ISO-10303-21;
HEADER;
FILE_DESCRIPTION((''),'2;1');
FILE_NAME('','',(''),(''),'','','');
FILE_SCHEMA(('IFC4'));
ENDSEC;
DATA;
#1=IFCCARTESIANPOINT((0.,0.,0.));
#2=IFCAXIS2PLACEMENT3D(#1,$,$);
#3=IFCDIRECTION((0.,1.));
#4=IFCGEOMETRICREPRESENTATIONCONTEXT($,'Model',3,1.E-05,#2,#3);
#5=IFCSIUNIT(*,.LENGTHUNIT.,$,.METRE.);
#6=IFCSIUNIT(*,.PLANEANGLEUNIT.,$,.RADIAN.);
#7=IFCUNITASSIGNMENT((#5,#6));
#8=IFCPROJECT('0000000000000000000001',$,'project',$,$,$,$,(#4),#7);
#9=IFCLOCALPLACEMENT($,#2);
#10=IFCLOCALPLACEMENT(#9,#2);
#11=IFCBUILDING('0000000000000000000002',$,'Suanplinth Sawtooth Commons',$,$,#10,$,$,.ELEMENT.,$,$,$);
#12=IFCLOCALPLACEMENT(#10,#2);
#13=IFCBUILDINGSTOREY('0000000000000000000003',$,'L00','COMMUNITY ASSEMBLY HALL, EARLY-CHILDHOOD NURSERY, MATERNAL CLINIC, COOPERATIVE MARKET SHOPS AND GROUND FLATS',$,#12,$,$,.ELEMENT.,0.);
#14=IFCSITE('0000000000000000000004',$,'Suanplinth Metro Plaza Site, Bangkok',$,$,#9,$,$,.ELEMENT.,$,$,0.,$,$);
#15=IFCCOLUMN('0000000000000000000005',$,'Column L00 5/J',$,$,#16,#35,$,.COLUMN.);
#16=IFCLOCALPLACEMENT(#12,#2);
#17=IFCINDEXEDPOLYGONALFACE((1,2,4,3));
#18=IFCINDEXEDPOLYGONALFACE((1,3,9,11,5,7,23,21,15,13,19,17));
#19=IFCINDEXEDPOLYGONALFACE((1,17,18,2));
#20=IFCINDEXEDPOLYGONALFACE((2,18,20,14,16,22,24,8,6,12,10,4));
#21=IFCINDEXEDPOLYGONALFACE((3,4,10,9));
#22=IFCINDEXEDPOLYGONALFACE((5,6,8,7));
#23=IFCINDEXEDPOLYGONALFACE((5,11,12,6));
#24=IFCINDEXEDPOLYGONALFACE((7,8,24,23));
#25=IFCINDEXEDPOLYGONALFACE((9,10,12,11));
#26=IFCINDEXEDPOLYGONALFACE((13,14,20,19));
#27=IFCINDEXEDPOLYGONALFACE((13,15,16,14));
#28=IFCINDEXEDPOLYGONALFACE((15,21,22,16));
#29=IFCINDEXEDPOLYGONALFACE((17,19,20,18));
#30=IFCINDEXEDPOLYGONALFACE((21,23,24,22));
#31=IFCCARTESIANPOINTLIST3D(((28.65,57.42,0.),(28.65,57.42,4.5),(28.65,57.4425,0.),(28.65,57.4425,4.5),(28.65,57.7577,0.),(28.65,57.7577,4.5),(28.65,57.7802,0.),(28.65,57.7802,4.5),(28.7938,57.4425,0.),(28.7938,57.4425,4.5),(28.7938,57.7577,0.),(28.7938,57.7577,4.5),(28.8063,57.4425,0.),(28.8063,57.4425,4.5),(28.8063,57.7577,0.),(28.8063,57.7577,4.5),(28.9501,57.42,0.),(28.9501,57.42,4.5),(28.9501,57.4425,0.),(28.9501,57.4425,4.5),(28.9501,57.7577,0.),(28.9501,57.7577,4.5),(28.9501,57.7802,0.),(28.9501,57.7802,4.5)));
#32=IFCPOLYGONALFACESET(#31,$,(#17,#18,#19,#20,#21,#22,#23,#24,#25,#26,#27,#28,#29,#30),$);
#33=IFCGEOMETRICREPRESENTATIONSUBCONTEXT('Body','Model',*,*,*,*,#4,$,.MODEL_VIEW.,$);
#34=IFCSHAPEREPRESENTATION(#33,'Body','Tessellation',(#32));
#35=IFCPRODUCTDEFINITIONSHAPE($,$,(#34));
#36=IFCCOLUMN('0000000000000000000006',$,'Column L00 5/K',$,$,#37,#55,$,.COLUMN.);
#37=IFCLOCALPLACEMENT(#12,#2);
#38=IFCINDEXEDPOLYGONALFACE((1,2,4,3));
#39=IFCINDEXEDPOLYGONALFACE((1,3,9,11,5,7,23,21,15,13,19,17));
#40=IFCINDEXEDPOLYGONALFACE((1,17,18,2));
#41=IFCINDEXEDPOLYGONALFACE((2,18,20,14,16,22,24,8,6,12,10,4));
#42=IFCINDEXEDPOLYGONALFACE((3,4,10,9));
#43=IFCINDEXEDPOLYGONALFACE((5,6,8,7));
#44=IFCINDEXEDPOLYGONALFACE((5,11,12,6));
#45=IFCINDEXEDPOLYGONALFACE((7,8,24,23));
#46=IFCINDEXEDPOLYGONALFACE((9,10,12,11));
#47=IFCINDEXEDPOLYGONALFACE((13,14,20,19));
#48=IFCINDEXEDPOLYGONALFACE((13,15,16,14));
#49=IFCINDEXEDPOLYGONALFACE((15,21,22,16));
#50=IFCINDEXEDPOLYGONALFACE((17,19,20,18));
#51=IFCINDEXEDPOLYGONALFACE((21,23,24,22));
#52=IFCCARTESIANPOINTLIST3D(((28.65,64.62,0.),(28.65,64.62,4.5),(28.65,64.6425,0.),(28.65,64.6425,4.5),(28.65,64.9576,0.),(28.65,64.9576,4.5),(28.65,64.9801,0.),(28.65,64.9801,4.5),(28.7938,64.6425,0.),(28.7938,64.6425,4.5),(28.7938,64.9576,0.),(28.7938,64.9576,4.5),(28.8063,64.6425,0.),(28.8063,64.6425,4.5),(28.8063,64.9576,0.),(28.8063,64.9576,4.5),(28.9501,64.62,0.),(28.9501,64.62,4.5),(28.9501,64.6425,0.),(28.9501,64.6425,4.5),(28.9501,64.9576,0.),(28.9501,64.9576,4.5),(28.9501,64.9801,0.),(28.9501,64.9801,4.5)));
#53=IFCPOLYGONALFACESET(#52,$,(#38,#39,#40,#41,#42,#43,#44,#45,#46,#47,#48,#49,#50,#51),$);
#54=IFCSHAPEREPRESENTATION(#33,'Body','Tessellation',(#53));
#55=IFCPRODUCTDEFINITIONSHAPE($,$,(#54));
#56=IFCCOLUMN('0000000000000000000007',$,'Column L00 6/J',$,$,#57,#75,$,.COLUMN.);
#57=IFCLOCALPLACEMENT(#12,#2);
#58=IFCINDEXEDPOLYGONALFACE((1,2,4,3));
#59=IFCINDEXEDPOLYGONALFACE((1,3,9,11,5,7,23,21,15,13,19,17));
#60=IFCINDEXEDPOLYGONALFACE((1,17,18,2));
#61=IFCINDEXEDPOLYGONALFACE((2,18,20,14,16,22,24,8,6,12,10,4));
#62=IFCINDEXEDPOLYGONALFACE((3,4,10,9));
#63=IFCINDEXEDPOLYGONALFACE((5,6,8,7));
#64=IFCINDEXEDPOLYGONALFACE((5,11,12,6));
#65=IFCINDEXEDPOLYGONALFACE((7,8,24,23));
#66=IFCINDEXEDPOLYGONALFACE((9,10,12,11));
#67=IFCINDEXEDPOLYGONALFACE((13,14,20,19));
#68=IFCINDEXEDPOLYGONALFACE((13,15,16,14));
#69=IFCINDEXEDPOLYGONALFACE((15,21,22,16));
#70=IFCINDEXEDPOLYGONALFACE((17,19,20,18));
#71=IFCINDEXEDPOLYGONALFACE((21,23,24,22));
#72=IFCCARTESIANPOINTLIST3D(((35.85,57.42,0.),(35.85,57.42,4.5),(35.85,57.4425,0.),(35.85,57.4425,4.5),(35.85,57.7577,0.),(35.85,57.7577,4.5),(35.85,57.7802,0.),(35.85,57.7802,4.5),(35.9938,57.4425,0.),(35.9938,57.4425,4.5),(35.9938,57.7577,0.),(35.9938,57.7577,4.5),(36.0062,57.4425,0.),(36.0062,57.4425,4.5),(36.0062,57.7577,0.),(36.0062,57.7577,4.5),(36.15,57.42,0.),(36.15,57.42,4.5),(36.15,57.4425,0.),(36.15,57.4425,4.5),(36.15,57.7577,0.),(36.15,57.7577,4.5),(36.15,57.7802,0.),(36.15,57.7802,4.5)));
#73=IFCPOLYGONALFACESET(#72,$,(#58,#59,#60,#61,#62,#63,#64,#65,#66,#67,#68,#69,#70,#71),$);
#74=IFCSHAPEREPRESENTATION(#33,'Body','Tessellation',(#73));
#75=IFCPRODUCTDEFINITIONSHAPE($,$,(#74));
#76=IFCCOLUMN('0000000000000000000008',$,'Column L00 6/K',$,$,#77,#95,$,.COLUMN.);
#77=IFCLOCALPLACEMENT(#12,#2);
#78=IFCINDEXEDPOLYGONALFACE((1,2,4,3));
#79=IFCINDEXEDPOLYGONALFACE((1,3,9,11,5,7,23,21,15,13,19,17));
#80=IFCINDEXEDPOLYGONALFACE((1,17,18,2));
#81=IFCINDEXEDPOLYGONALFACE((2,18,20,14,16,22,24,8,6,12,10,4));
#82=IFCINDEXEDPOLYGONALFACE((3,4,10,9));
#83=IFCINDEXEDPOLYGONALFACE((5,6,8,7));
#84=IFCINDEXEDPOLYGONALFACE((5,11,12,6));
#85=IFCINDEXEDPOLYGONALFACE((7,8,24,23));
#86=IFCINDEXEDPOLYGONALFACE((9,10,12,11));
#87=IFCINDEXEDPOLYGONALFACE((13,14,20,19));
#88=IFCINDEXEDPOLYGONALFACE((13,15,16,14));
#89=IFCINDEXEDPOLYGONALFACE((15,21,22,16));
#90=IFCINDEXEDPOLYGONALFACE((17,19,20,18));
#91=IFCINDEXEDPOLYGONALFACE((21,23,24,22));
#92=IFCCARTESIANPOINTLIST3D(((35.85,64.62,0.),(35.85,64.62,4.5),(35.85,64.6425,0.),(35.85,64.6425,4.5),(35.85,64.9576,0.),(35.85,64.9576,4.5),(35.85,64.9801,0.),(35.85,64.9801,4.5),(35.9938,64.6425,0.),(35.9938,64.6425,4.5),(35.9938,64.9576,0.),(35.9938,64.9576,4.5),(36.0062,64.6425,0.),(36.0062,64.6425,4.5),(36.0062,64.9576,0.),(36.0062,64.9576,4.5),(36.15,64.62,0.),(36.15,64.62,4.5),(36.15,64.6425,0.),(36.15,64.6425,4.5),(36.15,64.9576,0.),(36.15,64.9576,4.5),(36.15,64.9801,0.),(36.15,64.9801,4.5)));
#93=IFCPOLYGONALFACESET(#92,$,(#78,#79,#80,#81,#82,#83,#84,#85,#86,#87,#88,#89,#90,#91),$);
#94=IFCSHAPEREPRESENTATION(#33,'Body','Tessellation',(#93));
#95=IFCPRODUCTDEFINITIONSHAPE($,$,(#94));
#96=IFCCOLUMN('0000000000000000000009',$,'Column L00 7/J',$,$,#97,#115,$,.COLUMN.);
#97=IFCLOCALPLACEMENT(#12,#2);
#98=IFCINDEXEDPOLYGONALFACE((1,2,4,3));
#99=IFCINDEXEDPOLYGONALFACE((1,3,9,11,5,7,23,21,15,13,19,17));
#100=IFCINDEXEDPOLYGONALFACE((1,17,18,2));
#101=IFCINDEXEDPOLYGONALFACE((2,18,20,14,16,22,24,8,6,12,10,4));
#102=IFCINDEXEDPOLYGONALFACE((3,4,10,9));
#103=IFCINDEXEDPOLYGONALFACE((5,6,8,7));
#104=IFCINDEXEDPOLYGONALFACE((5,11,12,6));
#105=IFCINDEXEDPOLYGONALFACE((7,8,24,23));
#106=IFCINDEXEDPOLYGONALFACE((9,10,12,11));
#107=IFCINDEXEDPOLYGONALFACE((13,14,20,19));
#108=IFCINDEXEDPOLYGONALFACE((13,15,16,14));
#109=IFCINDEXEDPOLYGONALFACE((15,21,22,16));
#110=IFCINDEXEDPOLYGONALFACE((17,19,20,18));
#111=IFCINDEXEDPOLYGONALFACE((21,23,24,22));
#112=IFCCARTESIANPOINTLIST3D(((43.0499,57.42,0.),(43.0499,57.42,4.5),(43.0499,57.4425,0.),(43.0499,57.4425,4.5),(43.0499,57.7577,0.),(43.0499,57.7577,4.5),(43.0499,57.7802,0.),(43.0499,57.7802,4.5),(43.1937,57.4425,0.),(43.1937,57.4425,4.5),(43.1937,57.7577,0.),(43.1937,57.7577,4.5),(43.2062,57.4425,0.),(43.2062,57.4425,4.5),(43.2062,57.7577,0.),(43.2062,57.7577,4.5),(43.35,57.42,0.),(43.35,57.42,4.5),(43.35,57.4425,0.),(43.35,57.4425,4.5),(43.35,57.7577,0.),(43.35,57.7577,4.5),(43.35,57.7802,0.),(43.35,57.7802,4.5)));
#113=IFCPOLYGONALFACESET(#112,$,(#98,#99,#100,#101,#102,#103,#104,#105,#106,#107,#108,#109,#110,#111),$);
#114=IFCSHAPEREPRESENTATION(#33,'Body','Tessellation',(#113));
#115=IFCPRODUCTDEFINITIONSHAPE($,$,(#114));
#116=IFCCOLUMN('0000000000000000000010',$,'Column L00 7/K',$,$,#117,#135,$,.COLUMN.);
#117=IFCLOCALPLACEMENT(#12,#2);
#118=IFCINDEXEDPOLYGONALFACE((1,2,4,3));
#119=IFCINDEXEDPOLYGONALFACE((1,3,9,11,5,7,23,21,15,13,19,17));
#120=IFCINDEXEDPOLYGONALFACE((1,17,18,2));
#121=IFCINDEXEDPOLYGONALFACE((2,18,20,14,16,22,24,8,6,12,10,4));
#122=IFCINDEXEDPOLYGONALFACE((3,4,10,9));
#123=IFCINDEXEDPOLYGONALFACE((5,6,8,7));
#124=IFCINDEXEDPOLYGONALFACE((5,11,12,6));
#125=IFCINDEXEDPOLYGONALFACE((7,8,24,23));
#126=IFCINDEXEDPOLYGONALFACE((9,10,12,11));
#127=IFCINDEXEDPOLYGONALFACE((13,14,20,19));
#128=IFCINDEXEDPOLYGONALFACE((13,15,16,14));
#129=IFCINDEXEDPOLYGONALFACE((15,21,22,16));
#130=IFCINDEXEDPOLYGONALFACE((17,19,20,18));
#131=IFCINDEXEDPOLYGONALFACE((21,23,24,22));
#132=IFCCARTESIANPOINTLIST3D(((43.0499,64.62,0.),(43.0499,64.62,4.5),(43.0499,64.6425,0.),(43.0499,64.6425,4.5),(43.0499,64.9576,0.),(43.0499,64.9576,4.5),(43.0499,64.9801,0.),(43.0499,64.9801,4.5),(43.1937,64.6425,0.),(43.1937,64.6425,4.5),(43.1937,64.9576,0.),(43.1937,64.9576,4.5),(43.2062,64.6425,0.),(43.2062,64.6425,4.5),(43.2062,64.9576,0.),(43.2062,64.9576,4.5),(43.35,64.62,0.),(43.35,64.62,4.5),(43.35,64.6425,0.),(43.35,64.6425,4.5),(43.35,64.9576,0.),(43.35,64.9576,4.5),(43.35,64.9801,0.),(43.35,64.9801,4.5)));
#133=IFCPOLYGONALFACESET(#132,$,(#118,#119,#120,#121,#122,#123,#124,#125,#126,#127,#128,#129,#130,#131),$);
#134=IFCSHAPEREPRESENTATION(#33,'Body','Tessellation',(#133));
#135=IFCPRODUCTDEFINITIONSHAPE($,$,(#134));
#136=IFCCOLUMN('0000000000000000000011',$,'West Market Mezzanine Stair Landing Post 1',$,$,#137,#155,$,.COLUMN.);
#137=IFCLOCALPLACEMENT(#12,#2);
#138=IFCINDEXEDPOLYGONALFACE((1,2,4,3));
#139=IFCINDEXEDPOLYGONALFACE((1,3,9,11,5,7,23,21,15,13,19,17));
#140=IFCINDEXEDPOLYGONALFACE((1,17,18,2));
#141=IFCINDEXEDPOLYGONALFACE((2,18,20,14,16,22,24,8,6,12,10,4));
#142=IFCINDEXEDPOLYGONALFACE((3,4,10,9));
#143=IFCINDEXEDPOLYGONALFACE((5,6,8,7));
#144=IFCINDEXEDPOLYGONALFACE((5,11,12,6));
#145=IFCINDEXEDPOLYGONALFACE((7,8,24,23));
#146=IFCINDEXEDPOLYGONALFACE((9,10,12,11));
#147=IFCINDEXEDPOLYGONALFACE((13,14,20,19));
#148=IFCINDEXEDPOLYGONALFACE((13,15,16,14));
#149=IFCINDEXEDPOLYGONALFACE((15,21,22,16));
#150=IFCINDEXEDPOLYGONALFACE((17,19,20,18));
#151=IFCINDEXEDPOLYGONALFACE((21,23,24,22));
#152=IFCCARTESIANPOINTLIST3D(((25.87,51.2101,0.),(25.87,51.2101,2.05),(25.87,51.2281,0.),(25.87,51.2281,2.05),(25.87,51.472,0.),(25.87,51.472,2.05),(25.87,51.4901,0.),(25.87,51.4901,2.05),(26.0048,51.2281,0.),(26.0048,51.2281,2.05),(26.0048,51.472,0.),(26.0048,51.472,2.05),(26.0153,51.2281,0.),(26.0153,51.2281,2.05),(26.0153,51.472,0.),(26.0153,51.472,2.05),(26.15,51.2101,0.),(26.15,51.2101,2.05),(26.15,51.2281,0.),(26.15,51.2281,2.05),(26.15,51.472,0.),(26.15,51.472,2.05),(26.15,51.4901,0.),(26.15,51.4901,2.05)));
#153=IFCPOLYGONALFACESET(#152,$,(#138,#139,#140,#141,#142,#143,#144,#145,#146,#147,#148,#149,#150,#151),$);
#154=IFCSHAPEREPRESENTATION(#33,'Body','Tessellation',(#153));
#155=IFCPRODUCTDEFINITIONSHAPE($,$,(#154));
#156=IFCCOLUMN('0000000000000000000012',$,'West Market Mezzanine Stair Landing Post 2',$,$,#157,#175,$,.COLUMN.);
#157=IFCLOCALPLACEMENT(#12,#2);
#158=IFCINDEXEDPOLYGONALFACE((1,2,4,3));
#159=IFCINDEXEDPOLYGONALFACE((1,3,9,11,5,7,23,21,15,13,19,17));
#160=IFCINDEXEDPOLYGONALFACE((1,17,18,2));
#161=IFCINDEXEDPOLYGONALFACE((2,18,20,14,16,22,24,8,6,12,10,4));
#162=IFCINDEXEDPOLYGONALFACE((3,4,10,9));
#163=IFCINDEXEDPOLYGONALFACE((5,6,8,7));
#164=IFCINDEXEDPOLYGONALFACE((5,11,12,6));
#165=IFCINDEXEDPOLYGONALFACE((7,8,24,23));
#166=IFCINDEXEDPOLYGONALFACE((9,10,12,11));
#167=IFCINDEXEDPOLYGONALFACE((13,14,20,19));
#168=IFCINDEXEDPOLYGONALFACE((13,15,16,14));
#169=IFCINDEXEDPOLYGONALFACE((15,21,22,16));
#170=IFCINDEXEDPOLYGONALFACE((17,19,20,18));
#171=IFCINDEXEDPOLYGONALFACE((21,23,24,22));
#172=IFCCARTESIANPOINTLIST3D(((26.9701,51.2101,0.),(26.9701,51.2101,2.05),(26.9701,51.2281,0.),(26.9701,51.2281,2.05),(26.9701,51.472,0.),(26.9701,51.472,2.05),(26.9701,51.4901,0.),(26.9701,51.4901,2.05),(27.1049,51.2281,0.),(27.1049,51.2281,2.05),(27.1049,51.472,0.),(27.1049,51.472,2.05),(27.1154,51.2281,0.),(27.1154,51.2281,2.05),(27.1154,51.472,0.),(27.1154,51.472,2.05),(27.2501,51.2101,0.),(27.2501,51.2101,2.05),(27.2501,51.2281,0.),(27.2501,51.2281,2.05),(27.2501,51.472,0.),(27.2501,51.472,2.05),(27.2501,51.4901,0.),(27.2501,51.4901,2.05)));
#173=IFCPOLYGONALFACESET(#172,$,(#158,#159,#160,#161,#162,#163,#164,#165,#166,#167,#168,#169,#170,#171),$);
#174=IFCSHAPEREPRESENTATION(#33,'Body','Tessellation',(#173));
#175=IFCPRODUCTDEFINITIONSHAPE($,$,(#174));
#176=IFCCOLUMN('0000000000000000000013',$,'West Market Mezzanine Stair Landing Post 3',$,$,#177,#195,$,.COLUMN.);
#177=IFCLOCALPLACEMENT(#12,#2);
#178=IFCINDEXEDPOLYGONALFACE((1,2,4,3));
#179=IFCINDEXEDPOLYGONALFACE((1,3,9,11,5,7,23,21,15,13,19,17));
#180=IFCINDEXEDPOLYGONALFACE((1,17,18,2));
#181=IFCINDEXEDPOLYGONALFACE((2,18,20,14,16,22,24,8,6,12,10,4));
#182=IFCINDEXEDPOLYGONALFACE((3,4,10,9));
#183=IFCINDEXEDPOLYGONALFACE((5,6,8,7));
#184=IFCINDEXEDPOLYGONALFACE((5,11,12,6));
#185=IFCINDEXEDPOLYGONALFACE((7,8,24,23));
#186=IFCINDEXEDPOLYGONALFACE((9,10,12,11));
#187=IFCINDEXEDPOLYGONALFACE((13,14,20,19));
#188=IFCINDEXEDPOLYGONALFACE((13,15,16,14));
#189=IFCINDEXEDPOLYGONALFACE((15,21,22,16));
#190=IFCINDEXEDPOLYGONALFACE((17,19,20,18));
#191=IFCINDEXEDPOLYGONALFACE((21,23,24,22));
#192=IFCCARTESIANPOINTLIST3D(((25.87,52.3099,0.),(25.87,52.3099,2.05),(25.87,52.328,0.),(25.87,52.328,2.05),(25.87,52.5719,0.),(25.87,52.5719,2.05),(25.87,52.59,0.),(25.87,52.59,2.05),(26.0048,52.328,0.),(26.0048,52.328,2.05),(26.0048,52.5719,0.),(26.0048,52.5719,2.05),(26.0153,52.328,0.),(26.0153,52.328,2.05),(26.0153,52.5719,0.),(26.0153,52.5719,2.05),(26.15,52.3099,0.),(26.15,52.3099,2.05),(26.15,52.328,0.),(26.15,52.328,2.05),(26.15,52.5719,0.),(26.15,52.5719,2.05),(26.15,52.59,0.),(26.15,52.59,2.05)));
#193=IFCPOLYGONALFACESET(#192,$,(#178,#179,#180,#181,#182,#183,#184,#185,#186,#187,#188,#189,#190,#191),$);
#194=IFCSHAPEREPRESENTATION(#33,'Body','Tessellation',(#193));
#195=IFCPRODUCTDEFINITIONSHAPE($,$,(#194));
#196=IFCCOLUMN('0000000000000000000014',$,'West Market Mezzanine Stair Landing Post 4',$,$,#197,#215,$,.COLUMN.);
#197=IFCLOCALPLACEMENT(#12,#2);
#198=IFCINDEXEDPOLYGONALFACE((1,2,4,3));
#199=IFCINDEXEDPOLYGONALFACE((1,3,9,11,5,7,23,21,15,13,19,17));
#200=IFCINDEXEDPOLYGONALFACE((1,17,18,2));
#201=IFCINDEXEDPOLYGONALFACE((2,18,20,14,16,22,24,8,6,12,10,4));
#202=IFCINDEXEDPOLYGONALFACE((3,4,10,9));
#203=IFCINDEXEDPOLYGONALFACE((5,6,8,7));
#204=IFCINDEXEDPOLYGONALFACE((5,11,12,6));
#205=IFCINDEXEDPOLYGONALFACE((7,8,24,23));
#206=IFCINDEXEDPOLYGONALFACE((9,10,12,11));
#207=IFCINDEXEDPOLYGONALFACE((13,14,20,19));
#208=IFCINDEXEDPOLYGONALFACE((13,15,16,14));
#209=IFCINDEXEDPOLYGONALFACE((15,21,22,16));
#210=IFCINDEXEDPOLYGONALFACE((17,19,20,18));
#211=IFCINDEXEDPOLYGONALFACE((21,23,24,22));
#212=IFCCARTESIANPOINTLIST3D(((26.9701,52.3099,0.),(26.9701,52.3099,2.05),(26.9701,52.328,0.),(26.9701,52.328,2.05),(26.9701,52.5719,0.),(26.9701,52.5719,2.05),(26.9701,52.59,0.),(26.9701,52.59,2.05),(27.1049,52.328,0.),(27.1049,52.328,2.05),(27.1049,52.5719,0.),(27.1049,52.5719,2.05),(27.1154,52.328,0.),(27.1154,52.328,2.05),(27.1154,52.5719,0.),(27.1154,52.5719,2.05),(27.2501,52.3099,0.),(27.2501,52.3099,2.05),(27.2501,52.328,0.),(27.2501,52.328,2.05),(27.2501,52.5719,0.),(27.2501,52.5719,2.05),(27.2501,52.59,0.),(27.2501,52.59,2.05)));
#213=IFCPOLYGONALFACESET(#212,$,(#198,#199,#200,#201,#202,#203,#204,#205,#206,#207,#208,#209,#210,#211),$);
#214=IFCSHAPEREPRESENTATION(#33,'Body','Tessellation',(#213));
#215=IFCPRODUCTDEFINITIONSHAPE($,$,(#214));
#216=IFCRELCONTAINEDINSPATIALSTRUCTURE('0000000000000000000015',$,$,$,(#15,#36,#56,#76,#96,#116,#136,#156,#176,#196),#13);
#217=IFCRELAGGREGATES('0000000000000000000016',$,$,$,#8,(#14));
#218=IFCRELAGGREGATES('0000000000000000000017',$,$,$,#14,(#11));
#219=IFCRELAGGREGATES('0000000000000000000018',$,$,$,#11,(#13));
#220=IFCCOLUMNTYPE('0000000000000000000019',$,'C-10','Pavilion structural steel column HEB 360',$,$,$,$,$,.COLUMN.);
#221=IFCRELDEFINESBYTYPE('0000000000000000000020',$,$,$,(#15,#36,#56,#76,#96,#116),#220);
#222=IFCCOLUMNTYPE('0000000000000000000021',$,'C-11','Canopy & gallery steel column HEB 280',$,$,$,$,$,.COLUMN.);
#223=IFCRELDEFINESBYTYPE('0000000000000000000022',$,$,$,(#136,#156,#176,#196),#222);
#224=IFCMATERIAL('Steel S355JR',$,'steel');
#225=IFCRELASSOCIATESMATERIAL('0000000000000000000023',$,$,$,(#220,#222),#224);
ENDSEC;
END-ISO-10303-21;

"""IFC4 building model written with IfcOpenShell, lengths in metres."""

from ifc_helpers import new_model, si_unit, direction, frame, origin, origin_2d, place, context, subcontext, project, spatial, i_section, extrude, material, material_profile, profile_set, type_object, element, save


model = new_model("IFC4")

# Units and contexts
model_context = context("Model", 3, precision=1e-05, world=origin(), true_north=direction((0.0, 1.0)))
body_context = subcontext(model_context, "Body", "Model", "MODEL_VIEW")
ifc_project = project(units=[si_unit("LENGTHUNIT", "METRE"), si_unit("PLANEANGLEUNIT", "RADIAN")], contexts=[model_context])

# Site, building, storey
site_placement = place(None, origin())
site = spatial("IfcSite", under=ifc_project, at=site_placement, Name="Suanplinth Metro Plaza Site, Bangkok", CompositionType="ELEMENT", RefElevation=0.0)
building_placement = place(site_placement, origin())
building = spatial("IfcBuilding", under=site, at=building_placement, Name="Suanplinth Sawtooth Commons", CompositionType="ELEMENT")
storey_placement = place(building_placement, origin())
storey = spatial("IfcBuildingStorey", under=building, at=storey_placement, Name="L00", Description="COMMUNITY ASSEMBLY HALL, EARLY-CHILDHOOD NURSERY, MATERNAL CLINIC, COOPERATIVE MARKET SHOPS AND GROUND FLATS", CompositionType="ELEMENT", Elevation=0.0)

# Columns
ifc_material_1 = material(Name="Steel S355JR", Category="steel")
ifc_material_profile_1 = material_profile(ifc_material_1, i_section(OverallWidth=0.3, OverallDepth=0.3601, WebThickness=0.0125, FlangeThickness=0.0225, at=origin_2d()), Name="HEB 360")
ifc_profile_set_1 = profile_set([ifc_material_profile_1], Name="Steel S355JR")
column_type_1 = type_object("IfcColumnType", Name="C-10", Description="Pavilion structural steel column HEB 360", PredefinedType="COLUMN", material=ifc_profile_set_1)
for number, where, z_axis, x_axis, name in (
    (1, (28.8, 57.6001, 0.0), (0.0, 0.0, 1.0), (1.0, 0.0, 0.0), "Column L00 5/J"),
    (2, (28.8, 64.8, 0.0), (0.0, 0.0, 1.0), (1.0, 0.0, 0.0), "Column L00 5/K"),
    (3, (36.0, 57.6001, 0.0), (0.0, 0.0, 1.0), (1.0, 0.0, 0.0), "Column L00 6/J"),
    (4, (36.0, 64.8, 0.0), (0.0, 0.0, 1.0), (1.0, 0.0, 0.0), "Column L00 6/K"),
    (5, (43.2, 57.6001, 0.0), (0.0, 0.0, 1.0), (1.0, 0.0, 0.0), "Column L00 7/J"),
    (6, (43.2, 64.8, 0.0), (0.0, 0.0, 1.0), (1.0, 0.0, 0.0), "Column L00 7/K"),
):
    element("IfcColumn", number, at=place(storey_placement, frame(where, z_axis=z_axis, x_axis=x_axis)), inside=storey, type_object=column_type_1, Name=name, PredefinedType="COLUMN", context=body_context, shape_type="SweptSolid", body=[
        extrude(i_section(OverallWidth=0.3, OverallDepth=0.3601, WebThickness=0.0125, FlangeThickness=0.0225, at=origin_2d()), origin(), (0.0, 0.0, 1.0), 4.5),
    ])
ifc_material_profile_2 = material_profile(ifc_material_1, i_section(OverallWidth=0.28, OverallDepth=0.28, WebThickness=0.0105, FlangeThickness=0.0181, at=origin_2d()), Name="HEB 280")
ifc_profile_set_2 = profile_set([ifc_material_profile_2], Name="Steel S355JR")
column_type_2 = type_object("IfcColumnType", Name="C-11", Description="Canopy & gallery steel column HEB 280", PredefinedType="COLUMN", material=ifc_profile_set_2)
for number, where, z_axis, x_axis, name in (
    (7, (26.01, 51.3501, 0.0), (0.0, 0.0, 1.0), (1.0, 0.0, 0.0), "West Market Mezzanine Stair Landing Post 1"),
    (8, (27.1101, 51.3501, 0.0), (0.0, 0.0, 1.0), (1.0, 0.0, 0.0), "West Market Mezzanine Stair Landing Post 2"),
    (9, (26.01, 52.45, 0.0), (0.0, 0.0, 1.0), (1.0, 0.0, 0.0), "West Market Mezzanine Stair Landing Post 3"),
    (10, (27.1101, 52.45, 0.0), (0.0, 0.0, 1.0), (1.0, 0.0, 0.0), "West Market Mezzanine Stair Landing Post 4"),
):
    element("IfcColumn", number, at=place(storey_placement, frame(where, z_axis=z_axis, x_axis=x_axis)), inside=storey, type_object=column_type_2, Name=name, PredefinedType="COLUMN", context=body_context, shape_type="SweptSolid", body=[
        extrude(i_section(OverallWidth=0.28, OverallDepth=0.28, WebThickness=0.0105, FlangeThickness=0.0181, at=origin_2d()), origin(), (0.0, 0.0, 1.0), 2.05),
    ])

save(model, "model.ifc")
